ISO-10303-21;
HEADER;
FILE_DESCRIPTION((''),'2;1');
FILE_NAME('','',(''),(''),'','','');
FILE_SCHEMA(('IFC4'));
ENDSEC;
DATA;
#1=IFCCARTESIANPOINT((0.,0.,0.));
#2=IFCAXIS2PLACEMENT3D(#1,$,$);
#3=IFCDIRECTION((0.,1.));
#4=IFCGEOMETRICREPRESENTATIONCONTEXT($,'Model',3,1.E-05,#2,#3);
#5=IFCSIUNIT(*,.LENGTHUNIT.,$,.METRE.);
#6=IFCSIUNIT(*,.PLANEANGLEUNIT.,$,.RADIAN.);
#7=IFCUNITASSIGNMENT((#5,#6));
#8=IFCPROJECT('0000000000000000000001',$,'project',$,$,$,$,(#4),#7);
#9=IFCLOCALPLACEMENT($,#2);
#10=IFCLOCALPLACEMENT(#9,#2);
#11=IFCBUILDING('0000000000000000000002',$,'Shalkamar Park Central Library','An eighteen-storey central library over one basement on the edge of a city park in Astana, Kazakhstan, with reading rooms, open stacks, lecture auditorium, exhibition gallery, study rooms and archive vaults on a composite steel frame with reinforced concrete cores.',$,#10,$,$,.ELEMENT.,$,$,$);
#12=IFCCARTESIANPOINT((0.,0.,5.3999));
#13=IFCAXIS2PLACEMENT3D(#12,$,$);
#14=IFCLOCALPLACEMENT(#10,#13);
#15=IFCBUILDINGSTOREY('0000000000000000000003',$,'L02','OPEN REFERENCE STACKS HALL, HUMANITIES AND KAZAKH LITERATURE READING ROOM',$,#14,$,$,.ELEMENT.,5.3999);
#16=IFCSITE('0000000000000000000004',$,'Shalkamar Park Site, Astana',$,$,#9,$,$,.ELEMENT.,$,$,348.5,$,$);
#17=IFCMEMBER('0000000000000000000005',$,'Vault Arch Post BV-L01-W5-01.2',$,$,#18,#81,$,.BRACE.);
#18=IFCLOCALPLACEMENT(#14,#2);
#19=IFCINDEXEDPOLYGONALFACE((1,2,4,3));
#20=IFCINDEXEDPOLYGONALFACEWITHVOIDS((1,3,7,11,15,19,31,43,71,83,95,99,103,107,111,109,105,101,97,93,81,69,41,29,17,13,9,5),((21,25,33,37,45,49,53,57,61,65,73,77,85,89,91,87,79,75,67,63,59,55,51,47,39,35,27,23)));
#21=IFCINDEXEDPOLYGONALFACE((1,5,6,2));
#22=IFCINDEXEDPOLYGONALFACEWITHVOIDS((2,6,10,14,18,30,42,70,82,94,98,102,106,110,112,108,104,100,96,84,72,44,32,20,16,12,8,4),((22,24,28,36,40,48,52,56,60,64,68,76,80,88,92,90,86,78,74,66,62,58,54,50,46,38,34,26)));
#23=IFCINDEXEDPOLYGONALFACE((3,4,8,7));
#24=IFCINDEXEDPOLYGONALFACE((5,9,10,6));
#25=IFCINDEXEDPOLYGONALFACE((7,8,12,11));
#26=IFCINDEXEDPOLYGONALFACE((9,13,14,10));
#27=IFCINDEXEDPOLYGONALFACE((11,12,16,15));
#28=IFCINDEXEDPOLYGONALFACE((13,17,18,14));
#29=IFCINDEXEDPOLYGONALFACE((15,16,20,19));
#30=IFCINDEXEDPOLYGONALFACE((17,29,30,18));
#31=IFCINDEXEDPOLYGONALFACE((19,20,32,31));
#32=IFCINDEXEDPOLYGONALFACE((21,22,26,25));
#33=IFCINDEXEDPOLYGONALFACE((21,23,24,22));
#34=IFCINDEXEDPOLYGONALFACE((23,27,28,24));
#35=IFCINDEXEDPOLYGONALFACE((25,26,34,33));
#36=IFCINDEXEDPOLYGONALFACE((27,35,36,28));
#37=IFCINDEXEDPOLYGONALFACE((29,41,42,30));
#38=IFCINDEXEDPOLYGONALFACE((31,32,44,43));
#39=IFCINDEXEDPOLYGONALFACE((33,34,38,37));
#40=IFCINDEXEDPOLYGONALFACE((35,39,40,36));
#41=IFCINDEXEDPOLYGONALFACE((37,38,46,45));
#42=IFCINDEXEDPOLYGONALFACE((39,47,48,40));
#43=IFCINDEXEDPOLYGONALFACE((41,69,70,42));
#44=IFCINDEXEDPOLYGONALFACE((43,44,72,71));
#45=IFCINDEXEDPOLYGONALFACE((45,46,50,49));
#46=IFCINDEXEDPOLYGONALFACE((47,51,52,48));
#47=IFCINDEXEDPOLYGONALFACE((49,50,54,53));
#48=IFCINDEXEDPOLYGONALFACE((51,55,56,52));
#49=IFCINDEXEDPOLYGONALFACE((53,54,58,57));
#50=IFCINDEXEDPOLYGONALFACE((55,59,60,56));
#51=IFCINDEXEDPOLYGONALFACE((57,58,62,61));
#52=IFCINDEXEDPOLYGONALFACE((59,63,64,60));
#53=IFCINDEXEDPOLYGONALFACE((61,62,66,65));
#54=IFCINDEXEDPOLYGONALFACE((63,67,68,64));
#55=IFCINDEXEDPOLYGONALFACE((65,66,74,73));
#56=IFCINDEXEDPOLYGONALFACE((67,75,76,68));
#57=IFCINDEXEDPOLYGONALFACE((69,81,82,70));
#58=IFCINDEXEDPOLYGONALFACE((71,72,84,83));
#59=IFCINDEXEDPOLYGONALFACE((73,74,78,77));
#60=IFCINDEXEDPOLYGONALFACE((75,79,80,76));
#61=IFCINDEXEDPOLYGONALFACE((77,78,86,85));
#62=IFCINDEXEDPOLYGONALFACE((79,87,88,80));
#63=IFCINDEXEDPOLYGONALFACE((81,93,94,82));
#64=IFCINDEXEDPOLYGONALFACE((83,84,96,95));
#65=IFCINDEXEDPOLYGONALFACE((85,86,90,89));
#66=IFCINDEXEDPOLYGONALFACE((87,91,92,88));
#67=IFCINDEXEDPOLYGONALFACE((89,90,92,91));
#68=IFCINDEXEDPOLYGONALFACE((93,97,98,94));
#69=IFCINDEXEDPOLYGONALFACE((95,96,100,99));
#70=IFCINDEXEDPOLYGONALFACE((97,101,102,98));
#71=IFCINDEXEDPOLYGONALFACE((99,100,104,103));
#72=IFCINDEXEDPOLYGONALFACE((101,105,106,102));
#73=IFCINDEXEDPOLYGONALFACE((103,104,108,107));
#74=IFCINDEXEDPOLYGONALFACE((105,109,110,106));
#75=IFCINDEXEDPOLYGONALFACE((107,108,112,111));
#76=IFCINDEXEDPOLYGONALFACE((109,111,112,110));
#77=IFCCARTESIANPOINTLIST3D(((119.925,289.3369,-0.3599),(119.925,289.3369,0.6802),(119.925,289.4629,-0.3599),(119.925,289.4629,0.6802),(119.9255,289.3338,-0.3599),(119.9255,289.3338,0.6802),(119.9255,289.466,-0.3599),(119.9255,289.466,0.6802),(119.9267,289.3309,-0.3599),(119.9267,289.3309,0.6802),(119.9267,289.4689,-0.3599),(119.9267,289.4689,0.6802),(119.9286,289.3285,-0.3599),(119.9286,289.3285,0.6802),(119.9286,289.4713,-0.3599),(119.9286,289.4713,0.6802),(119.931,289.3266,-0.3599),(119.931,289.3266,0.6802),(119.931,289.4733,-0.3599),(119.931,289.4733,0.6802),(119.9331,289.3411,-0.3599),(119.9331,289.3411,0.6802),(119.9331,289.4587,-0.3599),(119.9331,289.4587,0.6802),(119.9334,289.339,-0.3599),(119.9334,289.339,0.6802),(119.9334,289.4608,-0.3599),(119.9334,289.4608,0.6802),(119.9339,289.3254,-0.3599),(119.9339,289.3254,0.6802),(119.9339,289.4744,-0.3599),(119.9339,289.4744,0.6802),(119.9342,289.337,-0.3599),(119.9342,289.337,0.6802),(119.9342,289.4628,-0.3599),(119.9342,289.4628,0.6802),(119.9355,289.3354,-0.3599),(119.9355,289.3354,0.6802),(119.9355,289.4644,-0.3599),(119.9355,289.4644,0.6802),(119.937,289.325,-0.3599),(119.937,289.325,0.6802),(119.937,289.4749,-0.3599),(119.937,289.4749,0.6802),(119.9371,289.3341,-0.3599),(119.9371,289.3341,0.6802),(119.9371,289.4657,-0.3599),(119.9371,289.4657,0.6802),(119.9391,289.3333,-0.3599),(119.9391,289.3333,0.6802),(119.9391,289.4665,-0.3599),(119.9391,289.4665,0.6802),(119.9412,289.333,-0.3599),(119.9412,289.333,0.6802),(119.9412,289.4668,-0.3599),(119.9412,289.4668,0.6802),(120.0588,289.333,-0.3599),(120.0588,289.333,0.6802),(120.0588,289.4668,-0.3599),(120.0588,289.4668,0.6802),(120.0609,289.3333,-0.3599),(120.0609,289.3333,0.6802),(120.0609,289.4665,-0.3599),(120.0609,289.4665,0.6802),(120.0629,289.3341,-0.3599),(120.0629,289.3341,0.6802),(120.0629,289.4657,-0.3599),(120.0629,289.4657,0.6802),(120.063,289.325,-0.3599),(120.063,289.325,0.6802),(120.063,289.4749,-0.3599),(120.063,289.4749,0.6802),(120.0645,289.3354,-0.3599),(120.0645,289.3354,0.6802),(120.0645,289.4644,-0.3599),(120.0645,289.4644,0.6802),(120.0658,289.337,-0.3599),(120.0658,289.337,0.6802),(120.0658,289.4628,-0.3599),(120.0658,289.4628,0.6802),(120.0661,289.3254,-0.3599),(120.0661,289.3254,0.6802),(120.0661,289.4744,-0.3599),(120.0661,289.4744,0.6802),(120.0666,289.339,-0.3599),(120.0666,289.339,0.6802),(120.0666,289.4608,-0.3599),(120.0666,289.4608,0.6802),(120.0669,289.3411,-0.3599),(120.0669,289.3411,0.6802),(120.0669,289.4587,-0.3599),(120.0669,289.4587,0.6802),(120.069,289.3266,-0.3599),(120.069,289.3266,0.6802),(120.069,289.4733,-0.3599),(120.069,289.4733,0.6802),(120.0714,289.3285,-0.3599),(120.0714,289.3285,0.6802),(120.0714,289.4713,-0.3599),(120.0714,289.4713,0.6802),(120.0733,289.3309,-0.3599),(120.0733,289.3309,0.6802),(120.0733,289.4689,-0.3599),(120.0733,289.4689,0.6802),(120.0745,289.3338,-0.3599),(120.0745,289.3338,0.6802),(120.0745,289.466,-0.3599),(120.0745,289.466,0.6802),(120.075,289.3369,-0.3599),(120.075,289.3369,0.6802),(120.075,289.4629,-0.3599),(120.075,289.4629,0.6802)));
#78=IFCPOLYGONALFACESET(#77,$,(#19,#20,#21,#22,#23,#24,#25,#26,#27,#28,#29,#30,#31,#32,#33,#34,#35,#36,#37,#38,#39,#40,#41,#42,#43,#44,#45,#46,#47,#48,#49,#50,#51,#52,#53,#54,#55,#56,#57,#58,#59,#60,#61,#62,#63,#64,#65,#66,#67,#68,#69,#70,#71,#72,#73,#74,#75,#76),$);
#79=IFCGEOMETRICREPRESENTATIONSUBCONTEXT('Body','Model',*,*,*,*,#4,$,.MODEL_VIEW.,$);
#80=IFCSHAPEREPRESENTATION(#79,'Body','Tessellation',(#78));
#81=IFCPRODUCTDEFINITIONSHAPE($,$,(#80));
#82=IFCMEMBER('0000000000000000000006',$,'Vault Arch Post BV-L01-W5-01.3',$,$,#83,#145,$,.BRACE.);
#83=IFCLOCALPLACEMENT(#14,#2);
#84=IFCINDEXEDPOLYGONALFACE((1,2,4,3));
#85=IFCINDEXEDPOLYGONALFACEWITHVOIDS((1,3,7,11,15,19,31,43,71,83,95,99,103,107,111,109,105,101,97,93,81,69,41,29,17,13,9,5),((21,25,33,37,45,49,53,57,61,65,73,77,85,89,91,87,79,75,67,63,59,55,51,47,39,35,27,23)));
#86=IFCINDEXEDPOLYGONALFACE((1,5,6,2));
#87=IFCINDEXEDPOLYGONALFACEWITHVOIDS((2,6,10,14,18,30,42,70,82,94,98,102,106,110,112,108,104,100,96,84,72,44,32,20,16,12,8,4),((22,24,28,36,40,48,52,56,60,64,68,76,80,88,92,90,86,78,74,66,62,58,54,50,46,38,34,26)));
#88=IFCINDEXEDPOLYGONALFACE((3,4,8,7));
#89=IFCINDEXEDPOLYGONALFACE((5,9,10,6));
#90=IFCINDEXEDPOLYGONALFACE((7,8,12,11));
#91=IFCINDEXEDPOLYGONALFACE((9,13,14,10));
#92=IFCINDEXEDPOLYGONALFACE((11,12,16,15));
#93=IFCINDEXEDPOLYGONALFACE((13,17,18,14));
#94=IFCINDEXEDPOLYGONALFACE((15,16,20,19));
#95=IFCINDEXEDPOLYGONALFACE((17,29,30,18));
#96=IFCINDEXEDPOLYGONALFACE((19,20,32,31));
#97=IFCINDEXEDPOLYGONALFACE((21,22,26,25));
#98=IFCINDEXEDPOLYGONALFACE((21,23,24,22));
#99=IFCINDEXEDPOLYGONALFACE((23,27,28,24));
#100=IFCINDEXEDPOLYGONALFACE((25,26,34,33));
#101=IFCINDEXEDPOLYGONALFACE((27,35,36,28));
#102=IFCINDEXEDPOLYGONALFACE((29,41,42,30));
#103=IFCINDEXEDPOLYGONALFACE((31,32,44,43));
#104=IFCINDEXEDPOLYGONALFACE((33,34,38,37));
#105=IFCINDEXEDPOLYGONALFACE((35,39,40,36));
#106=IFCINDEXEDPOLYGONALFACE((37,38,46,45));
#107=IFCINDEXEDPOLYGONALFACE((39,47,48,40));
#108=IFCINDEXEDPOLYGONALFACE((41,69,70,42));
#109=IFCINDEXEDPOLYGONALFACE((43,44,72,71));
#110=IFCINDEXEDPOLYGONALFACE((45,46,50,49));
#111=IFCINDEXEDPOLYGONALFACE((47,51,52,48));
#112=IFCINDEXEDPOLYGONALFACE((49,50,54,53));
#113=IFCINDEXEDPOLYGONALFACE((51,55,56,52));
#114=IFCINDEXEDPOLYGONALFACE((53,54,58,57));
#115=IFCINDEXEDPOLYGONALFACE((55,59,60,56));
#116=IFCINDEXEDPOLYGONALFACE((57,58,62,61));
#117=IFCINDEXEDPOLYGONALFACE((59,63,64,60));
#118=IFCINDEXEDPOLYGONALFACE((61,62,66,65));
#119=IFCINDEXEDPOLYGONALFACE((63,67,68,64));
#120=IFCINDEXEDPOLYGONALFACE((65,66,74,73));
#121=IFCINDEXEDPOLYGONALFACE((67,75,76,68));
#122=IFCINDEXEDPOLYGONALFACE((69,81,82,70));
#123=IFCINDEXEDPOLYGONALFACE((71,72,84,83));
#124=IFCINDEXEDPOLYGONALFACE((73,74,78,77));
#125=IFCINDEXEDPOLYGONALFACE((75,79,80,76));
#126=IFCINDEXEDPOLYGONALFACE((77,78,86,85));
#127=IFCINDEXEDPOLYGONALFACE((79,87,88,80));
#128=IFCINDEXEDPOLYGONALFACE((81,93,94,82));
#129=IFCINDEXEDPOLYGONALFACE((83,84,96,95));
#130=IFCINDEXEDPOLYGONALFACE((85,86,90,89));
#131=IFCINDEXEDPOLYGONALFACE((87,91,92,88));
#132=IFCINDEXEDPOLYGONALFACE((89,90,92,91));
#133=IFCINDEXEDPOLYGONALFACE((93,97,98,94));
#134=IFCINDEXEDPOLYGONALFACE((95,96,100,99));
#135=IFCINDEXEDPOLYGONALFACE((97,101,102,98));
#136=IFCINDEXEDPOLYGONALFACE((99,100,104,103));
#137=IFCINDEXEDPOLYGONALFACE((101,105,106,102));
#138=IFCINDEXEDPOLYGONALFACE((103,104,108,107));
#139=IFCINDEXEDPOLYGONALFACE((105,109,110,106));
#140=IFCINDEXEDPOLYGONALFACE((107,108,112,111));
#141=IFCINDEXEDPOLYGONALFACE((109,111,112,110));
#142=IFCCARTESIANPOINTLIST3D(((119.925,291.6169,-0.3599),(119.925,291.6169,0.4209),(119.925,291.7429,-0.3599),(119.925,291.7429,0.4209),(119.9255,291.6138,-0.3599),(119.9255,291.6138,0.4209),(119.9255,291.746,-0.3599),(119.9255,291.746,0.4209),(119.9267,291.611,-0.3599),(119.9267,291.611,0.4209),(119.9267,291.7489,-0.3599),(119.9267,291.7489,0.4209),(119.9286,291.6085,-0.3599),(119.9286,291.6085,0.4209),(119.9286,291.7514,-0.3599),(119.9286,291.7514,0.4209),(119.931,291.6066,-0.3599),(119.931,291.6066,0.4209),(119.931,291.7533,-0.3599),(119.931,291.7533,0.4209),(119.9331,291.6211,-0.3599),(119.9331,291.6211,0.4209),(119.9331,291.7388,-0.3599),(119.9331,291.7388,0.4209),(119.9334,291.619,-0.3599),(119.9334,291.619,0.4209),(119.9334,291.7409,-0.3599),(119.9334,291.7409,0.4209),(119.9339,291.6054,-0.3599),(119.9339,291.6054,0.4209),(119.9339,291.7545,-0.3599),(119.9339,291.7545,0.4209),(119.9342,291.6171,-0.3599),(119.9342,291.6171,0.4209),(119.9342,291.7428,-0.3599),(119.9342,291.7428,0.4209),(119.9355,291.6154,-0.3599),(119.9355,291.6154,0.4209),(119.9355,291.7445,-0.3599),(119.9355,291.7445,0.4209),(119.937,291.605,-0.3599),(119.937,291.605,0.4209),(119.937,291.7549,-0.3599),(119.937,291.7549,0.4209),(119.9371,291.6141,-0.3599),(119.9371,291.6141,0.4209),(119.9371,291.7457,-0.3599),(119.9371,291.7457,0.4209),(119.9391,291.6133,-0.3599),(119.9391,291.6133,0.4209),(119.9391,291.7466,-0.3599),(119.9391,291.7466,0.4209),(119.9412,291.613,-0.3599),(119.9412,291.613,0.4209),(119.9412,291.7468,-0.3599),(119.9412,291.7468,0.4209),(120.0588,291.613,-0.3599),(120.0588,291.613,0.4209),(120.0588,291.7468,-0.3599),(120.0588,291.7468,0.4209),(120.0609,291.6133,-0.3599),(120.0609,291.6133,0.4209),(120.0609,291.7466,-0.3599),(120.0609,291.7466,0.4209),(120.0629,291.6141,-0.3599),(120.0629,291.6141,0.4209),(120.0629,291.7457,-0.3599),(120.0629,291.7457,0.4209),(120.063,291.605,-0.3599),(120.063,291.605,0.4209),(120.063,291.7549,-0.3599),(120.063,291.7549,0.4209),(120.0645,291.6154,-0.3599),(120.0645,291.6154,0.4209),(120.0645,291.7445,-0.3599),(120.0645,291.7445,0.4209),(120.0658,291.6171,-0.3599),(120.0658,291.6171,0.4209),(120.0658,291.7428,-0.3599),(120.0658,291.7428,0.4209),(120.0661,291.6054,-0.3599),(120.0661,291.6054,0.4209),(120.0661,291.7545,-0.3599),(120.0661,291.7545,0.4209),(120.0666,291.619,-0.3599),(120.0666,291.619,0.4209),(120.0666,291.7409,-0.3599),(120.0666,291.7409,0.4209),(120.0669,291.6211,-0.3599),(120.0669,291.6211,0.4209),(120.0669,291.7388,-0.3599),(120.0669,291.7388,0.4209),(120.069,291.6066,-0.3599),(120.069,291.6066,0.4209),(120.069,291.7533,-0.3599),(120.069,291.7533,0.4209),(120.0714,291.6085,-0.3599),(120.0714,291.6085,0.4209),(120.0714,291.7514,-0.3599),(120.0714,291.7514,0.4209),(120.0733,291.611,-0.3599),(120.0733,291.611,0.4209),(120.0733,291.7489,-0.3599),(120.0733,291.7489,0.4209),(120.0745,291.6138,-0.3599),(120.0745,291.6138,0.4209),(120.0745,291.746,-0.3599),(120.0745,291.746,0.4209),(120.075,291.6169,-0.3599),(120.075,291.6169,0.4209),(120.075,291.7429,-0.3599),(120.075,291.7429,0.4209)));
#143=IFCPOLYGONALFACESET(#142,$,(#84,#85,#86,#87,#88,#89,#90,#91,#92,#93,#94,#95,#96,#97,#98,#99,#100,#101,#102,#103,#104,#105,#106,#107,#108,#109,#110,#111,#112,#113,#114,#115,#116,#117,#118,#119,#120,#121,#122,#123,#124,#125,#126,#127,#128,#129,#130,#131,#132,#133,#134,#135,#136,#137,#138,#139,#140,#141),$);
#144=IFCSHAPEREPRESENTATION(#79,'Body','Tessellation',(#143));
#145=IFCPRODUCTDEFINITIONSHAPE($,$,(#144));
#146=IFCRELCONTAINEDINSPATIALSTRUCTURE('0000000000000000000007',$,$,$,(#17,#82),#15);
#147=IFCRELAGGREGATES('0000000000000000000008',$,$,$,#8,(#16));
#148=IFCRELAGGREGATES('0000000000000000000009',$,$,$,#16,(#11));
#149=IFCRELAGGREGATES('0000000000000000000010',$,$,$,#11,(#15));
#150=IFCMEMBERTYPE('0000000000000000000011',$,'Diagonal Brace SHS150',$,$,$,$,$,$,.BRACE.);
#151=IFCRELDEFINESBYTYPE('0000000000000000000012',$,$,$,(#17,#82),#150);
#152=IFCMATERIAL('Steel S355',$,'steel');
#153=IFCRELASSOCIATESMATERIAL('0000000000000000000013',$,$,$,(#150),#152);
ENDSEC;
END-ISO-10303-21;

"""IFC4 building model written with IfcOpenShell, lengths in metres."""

from ifc_helpers import new_model, si_unit, direction, frame, origin, origin_2d, place, context, subcontext, project, spatial, hollow_rectangle, extrude, material, material_profile, profile_set, type_object, element, save


model = new_model("IFC4")

# Units and contexts
model_context = context("Model", 3, precision=1e-05, world=origin(), true_north=direction((0.0, 1.0)))
body_context = subcontext(model_context, "Body", "Model", "MODEL_VIEW")
ifc_project = project(units=[si_unit("LENGTHUNIT", "METRE"), si_unit("PLANEANGLEUNIT", "RADIAN")], contexts=[model_context])

# Site, building, storey
site_placement = place(None, origin())
site = spatial("IfcSite", under=ifc_project, at=site_placement, Name="Shalkamar Park Site, Astana", CompositionType="ELEMENT", RefElevation=348.5)
building_placement = place(site_placement, origin())
building = spatial("IfcBuilding", under=site, at=building_placement, Name="Shalkamar Park Central Library", Description="An eighteen-storey central library over one basement on the edge of a city park in Astana, Kazakhstan, with reading rooms, open stacks, lecture auditorium, exhibition gallery, study rooms and archive vaults on a composite steel frame with reinforced concrete cores.", CompositionType="ELEMENT")
storey_placement = place(building_placement, frame((0.0, 0.0, 5.3999)))
storey = spatial("IfcBuildingStorey", under=building, at=storey_placement, Name="L02", Description="OPEN REFERENCE STACKS HALL, HUMANITIES AND KAZAKH LITERATURE READING ROOM", CompositionType="ELEMENT", Elevation=5.3999)

# Members
ifc_material_1 = material(Name="Steel S355", Category="steel")
ifc_material_profile_1 = material_profile(ifc_material_1, hollow_rectangle(XDim=0.1499, YDim=0.1499, WallThickness=0.0081, InnerFilletRadius=0.0081, OuterFilletRadius=0.012, at=origin_2d()), Name="SHS 150x150x8")
ifc_profile_set_1 = profile_set([ifc_material_profile_1], Name="Steel S355")
member_type_1 = type_object("IfcMemberType", Name="Diagonal Brace SHS150", PredefinedType="BRACE", material=ifc_profile_set_1)
member_1_placement = place(storey_placement, frame((120.0, 289.3999, -0.3599), z_axis=(0.0, 0.0, 1.0), x_axis=(1.0, 0.0, 0.0)))
element("IfcMember", 1, at=member_1_placement, inside=storey, type_object=member_type_1, Name="Vault Arch Post BV-L01-W5-01.2", PredefinedType="BRACE", context=body_context, shape_type="SweptSolid", body=[
    extrude(hollow_rectangle(XDim=0.1499, YDim=0.1499, WallThickness=0.0081, InnerFilletRadius=0.0081, OuterFilletRadius=0.012, at=origin_2d()), origin(), (0.0, 0.0, 1.0), 1.04),
])
for number, where, z_axis, x_axis, name in (
    (2, (120.0, 291.6799, -0.3599), (0.0, 0.0, 1.0), (1.0, 0.0, 0.0), "Vault Arch Post BV-L01-W5-01.3"),
):
    element("IfcMember", number, at=place(storey_placement, frame(where, z_axis=z_axis, x_axis=x_axis)), inside=storey, type_object=member_type_1, Name=name, PredefinedType="BRACE", context=body_context, shape_type="SweptSolid", body=[
        extrude(hollow_rectangle(XDim=0.1499, YDim=0.1499, WallThickness=0.0081, InnerFilletRadius=0.0081, OuterFilletRadius=0.012, at=origin_2d()), origin(), (0.0, 0.0, 1.0), 0.7808),
    ])

save(model, "model.ifc")
